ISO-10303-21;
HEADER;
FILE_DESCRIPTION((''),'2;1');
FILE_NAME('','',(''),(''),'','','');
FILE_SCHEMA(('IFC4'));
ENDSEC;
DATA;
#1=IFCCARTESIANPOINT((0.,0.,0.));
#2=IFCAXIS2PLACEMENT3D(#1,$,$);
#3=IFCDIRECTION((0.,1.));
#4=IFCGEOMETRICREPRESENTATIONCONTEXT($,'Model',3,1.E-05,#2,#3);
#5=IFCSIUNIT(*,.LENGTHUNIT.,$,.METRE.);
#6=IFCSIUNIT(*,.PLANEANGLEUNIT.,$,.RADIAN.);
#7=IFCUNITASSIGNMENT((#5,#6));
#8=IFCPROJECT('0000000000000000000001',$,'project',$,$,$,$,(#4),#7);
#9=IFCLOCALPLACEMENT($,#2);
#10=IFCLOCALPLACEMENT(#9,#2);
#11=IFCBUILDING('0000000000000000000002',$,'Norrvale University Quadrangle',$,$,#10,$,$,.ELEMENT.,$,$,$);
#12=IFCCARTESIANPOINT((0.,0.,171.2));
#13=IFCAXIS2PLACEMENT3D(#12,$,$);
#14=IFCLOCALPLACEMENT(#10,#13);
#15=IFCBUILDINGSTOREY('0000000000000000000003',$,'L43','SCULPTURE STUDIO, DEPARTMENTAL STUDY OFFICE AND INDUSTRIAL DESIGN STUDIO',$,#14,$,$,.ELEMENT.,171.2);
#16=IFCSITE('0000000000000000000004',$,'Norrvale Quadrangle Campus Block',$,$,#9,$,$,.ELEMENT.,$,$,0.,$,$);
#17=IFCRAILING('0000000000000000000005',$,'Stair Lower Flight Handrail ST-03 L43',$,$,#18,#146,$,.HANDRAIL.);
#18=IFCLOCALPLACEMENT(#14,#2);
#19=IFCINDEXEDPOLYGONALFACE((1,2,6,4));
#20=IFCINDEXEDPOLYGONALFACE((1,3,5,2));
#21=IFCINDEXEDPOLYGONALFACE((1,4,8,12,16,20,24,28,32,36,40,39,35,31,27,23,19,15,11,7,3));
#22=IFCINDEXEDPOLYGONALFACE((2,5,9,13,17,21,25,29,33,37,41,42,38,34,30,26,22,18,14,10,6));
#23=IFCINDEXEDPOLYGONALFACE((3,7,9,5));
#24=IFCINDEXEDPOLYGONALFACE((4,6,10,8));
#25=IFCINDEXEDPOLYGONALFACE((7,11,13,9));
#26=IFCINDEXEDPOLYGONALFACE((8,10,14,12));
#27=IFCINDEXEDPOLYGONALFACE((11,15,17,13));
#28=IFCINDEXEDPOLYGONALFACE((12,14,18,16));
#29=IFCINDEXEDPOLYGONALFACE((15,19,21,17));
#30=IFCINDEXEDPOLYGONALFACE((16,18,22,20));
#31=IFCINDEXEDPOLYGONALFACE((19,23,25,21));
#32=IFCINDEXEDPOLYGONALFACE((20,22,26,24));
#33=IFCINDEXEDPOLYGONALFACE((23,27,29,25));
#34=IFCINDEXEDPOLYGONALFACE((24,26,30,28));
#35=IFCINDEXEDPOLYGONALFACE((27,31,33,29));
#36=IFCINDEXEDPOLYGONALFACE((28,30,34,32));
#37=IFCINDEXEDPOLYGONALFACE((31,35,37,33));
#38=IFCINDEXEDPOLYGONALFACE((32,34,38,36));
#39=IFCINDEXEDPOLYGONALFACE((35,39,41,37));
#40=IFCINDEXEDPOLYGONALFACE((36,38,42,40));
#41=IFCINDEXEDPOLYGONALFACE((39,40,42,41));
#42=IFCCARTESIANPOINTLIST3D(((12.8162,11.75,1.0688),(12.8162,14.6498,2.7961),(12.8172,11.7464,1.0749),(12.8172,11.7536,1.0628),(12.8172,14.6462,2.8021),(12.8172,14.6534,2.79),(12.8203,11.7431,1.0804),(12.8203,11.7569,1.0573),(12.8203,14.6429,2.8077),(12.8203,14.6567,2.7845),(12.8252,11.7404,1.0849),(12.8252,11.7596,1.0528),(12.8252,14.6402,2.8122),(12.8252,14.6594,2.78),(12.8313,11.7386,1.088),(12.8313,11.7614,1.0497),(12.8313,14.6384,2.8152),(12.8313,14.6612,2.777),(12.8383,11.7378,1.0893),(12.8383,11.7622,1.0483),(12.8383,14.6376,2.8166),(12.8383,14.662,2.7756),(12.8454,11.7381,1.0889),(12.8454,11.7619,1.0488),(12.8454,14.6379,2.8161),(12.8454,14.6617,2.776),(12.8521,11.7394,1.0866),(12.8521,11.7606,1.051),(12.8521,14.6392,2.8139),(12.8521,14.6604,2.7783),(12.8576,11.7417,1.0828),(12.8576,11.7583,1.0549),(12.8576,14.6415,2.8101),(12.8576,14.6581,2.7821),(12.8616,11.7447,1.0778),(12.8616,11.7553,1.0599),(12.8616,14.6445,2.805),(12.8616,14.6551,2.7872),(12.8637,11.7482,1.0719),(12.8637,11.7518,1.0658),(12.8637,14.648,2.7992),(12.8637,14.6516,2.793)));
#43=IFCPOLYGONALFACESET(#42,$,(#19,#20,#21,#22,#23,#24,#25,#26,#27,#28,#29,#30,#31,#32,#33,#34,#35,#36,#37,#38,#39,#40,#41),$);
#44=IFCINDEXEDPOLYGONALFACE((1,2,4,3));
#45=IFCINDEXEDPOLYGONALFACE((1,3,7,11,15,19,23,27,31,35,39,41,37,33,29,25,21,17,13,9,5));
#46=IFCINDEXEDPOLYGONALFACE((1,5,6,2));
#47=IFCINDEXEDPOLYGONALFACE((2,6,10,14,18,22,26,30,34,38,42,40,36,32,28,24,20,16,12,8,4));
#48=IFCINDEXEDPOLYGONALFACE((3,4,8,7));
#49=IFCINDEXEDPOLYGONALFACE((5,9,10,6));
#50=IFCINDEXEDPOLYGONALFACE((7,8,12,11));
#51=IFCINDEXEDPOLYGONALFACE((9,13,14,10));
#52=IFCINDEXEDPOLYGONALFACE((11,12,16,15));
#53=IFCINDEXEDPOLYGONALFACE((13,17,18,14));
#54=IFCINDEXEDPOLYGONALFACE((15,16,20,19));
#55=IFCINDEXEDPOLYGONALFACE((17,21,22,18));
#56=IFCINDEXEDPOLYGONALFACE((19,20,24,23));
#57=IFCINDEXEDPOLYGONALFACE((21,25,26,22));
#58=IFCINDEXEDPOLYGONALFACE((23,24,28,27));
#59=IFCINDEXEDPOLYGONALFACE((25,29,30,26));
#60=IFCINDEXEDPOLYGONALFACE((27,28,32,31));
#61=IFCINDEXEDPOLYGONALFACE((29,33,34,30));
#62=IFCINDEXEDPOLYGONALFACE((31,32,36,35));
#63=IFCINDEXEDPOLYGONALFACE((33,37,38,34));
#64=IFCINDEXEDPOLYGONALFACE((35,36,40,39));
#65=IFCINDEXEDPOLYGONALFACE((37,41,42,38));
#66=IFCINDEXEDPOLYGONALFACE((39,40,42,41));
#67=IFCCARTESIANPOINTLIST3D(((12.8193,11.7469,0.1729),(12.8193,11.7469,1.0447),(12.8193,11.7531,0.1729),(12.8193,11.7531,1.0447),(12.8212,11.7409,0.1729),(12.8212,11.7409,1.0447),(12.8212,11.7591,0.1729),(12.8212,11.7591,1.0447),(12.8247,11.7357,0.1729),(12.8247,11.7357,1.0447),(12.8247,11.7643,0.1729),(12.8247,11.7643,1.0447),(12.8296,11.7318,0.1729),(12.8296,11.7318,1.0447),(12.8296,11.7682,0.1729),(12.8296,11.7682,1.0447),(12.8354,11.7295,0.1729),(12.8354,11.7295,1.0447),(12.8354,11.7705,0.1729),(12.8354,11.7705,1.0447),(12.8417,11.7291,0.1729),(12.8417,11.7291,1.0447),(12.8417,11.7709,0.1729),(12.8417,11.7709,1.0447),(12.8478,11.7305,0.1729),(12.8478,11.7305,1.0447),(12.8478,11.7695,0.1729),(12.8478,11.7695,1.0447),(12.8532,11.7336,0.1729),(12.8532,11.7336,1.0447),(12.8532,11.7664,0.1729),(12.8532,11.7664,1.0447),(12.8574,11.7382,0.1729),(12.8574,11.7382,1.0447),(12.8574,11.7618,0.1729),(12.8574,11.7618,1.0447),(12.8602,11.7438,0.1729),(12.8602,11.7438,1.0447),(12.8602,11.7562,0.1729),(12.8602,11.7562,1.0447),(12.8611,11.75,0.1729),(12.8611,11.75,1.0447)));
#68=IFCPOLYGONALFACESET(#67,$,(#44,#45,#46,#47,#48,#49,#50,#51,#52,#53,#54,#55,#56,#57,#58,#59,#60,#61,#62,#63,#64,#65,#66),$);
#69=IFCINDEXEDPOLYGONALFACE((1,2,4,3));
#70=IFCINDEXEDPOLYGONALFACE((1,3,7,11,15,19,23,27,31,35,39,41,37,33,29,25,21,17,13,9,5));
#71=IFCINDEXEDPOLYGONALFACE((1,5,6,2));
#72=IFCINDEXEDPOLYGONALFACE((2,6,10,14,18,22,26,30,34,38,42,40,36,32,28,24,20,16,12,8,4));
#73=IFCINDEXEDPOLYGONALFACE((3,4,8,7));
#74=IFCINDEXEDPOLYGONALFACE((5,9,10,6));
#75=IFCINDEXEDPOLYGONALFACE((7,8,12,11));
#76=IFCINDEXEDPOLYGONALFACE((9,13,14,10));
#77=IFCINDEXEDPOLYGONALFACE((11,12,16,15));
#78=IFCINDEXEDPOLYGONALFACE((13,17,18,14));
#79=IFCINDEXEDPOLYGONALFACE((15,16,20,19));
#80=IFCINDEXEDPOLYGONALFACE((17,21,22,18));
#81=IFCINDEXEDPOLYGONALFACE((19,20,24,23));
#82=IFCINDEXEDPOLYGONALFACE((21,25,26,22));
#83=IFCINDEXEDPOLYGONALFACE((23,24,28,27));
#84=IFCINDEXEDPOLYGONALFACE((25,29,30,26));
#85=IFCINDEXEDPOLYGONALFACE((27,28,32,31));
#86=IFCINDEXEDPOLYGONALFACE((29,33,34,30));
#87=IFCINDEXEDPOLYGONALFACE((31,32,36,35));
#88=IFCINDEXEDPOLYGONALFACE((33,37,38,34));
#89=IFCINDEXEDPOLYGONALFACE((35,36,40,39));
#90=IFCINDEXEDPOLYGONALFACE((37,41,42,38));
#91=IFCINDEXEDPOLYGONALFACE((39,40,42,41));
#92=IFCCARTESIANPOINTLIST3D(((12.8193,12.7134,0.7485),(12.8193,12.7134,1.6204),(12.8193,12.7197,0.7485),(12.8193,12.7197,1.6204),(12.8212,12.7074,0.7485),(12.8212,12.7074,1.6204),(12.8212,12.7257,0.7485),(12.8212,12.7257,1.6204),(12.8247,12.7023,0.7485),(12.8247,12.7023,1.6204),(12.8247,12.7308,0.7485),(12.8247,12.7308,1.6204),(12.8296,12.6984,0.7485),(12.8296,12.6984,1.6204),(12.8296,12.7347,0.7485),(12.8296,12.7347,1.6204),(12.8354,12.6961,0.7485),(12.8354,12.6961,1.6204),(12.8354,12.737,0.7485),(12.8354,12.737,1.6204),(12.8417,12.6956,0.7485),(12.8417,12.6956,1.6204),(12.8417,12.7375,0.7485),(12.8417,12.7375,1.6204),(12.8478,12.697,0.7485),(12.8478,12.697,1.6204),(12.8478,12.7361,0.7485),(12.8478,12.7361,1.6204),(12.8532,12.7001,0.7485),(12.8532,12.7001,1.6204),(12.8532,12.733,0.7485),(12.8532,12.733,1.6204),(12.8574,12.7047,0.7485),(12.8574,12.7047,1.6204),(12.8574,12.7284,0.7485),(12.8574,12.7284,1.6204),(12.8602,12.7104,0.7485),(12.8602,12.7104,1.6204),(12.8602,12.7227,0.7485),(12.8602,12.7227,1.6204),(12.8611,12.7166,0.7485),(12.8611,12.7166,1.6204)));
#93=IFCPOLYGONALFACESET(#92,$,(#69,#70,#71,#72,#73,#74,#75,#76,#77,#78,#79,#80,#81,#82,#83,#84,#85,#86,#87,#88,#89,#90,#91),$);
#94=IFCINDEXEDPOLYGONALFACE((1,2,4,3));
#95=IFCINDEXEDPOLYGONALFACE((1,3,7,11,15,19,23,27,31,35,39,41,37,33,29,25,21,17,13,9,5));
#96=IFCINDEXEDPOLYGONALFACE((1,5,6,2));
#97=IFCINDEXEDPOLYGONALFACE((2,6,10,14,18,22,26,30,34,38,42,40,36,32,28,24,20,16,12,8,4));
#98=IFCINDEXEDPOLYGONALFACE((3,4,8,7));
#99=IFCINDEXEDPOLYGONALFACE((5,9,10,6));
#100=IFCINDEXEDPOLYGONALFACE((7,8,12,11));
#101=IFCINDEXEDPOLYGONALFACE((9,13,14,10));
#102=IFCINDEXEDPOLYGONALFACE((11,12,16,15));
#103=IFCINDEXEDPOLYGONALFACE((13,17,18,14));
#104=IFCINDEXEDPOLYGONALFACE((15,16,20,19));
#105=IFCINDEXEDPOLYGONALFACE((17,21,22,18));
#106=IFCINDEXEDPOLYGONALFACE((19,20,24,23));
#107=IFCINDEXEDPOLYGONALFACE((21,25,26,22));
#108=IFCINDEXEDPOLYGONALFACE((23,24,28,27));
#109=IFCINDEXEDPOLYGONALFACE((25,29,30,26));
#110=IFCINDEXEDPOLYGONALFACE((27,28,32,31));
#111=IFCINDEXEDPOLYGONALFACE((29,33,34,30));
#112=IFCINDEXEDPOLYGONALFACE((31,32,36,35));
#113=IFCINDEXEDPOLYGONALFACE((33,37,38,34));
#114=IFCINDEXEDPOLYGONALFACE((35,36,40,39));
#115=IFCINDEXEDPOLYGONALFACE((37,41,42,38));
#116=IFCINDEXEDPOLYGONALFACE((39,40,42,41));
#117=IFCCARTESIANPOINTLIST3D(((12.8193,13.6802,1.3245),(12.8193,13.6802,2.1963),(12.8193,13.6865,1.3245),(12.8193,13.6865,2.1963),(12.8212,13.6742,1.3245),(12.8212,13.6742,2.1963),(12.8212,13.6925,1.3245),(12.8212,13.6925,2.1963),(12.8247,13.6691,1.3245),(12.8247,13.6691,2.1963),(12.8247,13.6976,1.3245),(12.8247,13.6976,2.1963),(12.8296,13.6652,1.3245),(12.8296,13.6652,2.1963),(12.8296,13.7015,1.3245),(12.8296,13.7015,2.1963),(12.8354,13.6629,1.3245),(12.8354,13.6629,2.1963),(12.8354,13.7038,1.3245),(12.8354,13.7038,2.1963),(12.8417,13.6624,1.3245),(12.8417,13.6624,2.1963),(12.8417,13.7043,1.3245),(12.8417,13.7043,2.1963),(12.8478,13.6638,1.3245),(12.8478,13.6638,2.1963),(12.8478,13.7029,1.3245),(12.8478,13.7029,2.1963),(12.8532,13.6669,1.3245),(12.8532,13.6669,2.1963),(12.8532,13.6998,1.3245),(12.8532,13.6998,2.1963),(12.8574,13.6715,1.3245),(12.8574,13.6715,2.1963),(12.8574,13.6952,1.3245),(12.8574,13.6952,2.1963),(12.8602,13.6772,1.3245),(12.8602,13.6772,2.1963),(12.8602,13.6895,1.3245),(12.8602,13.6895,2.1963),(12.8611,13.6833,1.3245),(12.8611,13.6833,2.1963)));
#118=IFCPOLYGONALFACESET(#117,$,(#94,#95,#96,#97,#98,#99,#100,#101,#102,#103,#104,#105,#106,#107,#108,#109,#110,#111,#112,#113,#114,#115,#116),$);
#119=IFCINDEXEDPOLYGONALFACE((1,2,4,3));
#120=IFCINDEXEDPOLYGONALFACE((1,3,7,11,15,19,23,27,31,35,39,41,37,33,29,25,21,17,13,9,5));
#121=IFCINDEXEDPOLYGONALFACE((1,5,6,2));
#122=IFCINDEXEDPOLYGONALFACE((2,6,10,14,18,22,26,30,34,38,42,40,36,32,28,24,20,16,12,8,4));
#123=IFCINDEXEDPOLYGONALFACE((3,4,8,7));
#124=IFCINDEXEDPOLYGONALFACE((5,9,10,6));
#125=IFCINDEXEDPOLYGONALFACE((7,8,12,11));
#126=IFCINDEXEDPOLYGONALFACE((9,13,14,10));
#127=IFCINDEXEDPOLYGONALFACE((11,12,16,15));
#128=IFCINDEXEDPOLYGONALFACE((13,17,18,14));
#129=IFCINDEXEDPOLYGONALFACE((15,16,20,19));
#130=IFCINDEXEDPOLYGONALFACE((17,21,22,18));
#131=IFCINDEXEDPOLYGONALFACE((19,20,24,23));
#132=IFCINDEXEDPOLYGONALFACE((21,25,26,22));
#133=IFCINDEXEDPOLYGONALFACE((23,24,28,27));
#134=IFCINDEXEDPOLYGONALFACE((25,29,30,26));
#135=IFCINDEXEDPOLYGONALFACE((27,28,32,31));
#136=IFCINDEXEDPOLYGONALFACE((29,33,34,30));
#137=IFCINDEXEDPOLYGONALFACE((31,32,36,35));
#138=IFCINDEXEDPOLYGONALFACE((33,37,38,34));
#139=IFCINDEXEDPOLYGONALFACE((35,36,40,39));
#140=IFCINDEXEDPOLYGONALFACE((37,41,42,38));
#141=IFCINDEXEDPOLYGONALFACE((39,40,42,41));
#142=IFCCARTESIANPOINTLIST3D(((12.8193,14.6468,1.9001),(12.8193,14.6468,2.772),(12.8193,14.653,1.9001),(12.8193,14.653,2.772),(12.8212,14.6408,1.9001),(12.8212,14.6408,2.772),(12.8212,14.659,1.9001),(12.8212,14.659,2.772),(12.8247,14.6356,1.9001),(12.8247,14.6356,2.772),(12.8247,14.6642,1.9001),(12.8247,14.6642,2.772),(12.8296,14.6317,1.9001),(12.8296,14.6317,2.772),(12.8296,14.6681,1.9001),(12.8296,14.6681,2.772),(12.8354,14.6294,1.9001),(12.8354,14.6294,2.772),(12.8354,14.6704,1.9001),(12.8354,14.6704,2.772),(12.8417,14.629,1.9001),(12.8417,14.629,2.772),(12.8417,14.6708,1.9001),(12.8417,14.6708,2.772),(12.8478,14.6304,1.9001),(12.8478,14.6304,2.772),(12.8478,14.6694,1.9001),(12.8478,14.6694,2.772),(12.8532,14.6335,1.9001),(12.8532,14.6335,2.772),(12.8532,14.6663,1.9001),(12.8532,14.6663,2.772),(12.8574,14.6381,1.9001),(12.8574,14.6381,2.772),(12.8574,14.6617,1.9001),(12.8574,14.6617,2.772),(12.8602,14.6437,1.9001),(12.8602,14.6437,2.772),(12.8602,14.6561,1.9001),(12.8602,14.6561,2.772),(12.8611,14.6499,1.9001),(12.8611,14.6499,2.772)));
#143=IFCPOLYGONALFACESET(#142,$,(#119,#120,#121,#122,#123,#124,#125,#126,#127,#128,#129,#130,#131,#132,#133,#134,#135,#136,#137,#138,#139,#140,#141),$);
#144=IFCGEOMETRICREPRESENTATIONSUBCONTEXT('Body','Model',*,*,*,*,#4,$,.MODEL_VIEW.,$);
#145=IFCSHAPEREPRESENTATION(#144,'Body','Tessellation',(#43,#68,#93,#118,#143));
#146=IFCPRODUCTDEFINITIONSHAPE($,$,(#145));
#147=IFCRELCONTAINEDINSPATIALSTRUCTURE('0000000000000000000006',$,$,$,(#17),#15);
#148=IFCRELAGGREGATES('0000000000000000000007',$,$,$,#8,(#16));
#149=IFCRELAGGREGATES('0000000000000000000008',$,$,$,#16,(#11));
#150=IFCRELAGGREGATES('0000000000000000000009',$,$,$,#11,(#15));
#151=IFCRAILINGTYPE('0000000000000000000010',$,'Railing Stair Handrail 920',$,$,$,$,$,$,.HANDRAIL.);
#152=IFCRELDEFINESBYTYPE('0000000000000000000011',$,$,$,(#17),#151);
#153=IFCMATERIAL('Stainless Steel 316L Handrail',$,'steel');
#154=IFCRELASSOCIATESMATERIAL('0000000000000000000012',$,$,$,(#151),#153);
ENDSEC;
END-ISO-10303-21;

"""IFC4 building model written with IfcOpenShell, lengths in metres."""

from ifc_helpers import new_model, si_unit, direction, frame, origin, origin_2d, place, context, subcontext, project, spatial, circle, extrude, material, type_object, element, save


model = new_model("IFC4")

# Units and contexts
model_context = context("Model", 3, precision=1e-05, world=origin(), true_north=direction((0.0, 1.0)))
body_context = subcontext(model_context, "Body", "Model", "MODEL_VIEW")
ifc_project = project(units=[si_unit("LENGTHUNIT", "METRE"), si_unit("PLANEANGLEUNIT", "RADIAN")], contexts=[model_context])

# Site, building, storey
site_placement = place(None, origin())
site = spatial("IfcSite", under=ifc_project, at=site_placement, Name="Norrvale Quadrangle Campus Block", CompositionType="ELEMENT", RefElevation=0.0)
building_placement = place(site_placement, origin())
building = spatial("IfcBuilding", under=site, at=building_placement, Name="Norrvale University Quadrangle", CompositionType="ELEMENT")
storey_placement = place(building_placement, frame((0.0, 0.0, 171.2)))
storey = spatial("IfcBuildingStorey", under=building, at=storey_placement, Name="L43", Description="SCULPTURE STUDIO, DEPARTMENTAL STUDY OFFICE AND INDUSTRIAL DESIGN STUDIO", CompositionType="ELEMENT", Elevation=171.2)

# Railing
ifc_material_1 = material(Name="Stainless Steel 316L Handrail", Category="steel")
railing_type_1 = type_object("IfcRailingType", Name="Railing Stair Handrail 920", PredefinedType="HANDRAIL", material=ifc_material_1)
railing_1_placement = place(storey_placement, frame((12.8401, 11.75, 0.1729)))
element("IfcRailing", 1, at=railing_1_placement, inside=storey, type_object=railing_type_1, Name="Stair Lower Flight Handrail ST-03 L43", PredefinedType="HANDRAIL", context=body_context, shape_type="SweptSolid", body=[
    extrude(circle(Radius=0.0239, at=origin_2d()), frame((0.0, 0.0, 0.896), z_axis=(0.0, 0.859141, 0.511738), x_axis=(-1.0, 0.0, 0.0)), (0.0, 0.0, 1.0), 3.3752),
    extrude(circle(Radius=0.021, at=origin_2d()), origin(), (0.0, 0.0, 1.0), 0.8718),
    extrude(circle(Radius=0.021, at=origin_2d()), frame((0.0, 0.9666, 0.5757)), (0.0, 0.0, 1.0), 0.8718),
    extrude(circle(Radius=0.021, at=origin_2d()), frame((0.0, 1.9333, 1.1516)), (0.0, 0.0, 1.0), 0.8718),
    extrude(circle(Radius=0.021, at=origin_2d()), frame((0.0, 2.8999, 1.7273)), (0.0, 0.0, 1.0), 0.8718),
])

save(model, "model.ifc")
